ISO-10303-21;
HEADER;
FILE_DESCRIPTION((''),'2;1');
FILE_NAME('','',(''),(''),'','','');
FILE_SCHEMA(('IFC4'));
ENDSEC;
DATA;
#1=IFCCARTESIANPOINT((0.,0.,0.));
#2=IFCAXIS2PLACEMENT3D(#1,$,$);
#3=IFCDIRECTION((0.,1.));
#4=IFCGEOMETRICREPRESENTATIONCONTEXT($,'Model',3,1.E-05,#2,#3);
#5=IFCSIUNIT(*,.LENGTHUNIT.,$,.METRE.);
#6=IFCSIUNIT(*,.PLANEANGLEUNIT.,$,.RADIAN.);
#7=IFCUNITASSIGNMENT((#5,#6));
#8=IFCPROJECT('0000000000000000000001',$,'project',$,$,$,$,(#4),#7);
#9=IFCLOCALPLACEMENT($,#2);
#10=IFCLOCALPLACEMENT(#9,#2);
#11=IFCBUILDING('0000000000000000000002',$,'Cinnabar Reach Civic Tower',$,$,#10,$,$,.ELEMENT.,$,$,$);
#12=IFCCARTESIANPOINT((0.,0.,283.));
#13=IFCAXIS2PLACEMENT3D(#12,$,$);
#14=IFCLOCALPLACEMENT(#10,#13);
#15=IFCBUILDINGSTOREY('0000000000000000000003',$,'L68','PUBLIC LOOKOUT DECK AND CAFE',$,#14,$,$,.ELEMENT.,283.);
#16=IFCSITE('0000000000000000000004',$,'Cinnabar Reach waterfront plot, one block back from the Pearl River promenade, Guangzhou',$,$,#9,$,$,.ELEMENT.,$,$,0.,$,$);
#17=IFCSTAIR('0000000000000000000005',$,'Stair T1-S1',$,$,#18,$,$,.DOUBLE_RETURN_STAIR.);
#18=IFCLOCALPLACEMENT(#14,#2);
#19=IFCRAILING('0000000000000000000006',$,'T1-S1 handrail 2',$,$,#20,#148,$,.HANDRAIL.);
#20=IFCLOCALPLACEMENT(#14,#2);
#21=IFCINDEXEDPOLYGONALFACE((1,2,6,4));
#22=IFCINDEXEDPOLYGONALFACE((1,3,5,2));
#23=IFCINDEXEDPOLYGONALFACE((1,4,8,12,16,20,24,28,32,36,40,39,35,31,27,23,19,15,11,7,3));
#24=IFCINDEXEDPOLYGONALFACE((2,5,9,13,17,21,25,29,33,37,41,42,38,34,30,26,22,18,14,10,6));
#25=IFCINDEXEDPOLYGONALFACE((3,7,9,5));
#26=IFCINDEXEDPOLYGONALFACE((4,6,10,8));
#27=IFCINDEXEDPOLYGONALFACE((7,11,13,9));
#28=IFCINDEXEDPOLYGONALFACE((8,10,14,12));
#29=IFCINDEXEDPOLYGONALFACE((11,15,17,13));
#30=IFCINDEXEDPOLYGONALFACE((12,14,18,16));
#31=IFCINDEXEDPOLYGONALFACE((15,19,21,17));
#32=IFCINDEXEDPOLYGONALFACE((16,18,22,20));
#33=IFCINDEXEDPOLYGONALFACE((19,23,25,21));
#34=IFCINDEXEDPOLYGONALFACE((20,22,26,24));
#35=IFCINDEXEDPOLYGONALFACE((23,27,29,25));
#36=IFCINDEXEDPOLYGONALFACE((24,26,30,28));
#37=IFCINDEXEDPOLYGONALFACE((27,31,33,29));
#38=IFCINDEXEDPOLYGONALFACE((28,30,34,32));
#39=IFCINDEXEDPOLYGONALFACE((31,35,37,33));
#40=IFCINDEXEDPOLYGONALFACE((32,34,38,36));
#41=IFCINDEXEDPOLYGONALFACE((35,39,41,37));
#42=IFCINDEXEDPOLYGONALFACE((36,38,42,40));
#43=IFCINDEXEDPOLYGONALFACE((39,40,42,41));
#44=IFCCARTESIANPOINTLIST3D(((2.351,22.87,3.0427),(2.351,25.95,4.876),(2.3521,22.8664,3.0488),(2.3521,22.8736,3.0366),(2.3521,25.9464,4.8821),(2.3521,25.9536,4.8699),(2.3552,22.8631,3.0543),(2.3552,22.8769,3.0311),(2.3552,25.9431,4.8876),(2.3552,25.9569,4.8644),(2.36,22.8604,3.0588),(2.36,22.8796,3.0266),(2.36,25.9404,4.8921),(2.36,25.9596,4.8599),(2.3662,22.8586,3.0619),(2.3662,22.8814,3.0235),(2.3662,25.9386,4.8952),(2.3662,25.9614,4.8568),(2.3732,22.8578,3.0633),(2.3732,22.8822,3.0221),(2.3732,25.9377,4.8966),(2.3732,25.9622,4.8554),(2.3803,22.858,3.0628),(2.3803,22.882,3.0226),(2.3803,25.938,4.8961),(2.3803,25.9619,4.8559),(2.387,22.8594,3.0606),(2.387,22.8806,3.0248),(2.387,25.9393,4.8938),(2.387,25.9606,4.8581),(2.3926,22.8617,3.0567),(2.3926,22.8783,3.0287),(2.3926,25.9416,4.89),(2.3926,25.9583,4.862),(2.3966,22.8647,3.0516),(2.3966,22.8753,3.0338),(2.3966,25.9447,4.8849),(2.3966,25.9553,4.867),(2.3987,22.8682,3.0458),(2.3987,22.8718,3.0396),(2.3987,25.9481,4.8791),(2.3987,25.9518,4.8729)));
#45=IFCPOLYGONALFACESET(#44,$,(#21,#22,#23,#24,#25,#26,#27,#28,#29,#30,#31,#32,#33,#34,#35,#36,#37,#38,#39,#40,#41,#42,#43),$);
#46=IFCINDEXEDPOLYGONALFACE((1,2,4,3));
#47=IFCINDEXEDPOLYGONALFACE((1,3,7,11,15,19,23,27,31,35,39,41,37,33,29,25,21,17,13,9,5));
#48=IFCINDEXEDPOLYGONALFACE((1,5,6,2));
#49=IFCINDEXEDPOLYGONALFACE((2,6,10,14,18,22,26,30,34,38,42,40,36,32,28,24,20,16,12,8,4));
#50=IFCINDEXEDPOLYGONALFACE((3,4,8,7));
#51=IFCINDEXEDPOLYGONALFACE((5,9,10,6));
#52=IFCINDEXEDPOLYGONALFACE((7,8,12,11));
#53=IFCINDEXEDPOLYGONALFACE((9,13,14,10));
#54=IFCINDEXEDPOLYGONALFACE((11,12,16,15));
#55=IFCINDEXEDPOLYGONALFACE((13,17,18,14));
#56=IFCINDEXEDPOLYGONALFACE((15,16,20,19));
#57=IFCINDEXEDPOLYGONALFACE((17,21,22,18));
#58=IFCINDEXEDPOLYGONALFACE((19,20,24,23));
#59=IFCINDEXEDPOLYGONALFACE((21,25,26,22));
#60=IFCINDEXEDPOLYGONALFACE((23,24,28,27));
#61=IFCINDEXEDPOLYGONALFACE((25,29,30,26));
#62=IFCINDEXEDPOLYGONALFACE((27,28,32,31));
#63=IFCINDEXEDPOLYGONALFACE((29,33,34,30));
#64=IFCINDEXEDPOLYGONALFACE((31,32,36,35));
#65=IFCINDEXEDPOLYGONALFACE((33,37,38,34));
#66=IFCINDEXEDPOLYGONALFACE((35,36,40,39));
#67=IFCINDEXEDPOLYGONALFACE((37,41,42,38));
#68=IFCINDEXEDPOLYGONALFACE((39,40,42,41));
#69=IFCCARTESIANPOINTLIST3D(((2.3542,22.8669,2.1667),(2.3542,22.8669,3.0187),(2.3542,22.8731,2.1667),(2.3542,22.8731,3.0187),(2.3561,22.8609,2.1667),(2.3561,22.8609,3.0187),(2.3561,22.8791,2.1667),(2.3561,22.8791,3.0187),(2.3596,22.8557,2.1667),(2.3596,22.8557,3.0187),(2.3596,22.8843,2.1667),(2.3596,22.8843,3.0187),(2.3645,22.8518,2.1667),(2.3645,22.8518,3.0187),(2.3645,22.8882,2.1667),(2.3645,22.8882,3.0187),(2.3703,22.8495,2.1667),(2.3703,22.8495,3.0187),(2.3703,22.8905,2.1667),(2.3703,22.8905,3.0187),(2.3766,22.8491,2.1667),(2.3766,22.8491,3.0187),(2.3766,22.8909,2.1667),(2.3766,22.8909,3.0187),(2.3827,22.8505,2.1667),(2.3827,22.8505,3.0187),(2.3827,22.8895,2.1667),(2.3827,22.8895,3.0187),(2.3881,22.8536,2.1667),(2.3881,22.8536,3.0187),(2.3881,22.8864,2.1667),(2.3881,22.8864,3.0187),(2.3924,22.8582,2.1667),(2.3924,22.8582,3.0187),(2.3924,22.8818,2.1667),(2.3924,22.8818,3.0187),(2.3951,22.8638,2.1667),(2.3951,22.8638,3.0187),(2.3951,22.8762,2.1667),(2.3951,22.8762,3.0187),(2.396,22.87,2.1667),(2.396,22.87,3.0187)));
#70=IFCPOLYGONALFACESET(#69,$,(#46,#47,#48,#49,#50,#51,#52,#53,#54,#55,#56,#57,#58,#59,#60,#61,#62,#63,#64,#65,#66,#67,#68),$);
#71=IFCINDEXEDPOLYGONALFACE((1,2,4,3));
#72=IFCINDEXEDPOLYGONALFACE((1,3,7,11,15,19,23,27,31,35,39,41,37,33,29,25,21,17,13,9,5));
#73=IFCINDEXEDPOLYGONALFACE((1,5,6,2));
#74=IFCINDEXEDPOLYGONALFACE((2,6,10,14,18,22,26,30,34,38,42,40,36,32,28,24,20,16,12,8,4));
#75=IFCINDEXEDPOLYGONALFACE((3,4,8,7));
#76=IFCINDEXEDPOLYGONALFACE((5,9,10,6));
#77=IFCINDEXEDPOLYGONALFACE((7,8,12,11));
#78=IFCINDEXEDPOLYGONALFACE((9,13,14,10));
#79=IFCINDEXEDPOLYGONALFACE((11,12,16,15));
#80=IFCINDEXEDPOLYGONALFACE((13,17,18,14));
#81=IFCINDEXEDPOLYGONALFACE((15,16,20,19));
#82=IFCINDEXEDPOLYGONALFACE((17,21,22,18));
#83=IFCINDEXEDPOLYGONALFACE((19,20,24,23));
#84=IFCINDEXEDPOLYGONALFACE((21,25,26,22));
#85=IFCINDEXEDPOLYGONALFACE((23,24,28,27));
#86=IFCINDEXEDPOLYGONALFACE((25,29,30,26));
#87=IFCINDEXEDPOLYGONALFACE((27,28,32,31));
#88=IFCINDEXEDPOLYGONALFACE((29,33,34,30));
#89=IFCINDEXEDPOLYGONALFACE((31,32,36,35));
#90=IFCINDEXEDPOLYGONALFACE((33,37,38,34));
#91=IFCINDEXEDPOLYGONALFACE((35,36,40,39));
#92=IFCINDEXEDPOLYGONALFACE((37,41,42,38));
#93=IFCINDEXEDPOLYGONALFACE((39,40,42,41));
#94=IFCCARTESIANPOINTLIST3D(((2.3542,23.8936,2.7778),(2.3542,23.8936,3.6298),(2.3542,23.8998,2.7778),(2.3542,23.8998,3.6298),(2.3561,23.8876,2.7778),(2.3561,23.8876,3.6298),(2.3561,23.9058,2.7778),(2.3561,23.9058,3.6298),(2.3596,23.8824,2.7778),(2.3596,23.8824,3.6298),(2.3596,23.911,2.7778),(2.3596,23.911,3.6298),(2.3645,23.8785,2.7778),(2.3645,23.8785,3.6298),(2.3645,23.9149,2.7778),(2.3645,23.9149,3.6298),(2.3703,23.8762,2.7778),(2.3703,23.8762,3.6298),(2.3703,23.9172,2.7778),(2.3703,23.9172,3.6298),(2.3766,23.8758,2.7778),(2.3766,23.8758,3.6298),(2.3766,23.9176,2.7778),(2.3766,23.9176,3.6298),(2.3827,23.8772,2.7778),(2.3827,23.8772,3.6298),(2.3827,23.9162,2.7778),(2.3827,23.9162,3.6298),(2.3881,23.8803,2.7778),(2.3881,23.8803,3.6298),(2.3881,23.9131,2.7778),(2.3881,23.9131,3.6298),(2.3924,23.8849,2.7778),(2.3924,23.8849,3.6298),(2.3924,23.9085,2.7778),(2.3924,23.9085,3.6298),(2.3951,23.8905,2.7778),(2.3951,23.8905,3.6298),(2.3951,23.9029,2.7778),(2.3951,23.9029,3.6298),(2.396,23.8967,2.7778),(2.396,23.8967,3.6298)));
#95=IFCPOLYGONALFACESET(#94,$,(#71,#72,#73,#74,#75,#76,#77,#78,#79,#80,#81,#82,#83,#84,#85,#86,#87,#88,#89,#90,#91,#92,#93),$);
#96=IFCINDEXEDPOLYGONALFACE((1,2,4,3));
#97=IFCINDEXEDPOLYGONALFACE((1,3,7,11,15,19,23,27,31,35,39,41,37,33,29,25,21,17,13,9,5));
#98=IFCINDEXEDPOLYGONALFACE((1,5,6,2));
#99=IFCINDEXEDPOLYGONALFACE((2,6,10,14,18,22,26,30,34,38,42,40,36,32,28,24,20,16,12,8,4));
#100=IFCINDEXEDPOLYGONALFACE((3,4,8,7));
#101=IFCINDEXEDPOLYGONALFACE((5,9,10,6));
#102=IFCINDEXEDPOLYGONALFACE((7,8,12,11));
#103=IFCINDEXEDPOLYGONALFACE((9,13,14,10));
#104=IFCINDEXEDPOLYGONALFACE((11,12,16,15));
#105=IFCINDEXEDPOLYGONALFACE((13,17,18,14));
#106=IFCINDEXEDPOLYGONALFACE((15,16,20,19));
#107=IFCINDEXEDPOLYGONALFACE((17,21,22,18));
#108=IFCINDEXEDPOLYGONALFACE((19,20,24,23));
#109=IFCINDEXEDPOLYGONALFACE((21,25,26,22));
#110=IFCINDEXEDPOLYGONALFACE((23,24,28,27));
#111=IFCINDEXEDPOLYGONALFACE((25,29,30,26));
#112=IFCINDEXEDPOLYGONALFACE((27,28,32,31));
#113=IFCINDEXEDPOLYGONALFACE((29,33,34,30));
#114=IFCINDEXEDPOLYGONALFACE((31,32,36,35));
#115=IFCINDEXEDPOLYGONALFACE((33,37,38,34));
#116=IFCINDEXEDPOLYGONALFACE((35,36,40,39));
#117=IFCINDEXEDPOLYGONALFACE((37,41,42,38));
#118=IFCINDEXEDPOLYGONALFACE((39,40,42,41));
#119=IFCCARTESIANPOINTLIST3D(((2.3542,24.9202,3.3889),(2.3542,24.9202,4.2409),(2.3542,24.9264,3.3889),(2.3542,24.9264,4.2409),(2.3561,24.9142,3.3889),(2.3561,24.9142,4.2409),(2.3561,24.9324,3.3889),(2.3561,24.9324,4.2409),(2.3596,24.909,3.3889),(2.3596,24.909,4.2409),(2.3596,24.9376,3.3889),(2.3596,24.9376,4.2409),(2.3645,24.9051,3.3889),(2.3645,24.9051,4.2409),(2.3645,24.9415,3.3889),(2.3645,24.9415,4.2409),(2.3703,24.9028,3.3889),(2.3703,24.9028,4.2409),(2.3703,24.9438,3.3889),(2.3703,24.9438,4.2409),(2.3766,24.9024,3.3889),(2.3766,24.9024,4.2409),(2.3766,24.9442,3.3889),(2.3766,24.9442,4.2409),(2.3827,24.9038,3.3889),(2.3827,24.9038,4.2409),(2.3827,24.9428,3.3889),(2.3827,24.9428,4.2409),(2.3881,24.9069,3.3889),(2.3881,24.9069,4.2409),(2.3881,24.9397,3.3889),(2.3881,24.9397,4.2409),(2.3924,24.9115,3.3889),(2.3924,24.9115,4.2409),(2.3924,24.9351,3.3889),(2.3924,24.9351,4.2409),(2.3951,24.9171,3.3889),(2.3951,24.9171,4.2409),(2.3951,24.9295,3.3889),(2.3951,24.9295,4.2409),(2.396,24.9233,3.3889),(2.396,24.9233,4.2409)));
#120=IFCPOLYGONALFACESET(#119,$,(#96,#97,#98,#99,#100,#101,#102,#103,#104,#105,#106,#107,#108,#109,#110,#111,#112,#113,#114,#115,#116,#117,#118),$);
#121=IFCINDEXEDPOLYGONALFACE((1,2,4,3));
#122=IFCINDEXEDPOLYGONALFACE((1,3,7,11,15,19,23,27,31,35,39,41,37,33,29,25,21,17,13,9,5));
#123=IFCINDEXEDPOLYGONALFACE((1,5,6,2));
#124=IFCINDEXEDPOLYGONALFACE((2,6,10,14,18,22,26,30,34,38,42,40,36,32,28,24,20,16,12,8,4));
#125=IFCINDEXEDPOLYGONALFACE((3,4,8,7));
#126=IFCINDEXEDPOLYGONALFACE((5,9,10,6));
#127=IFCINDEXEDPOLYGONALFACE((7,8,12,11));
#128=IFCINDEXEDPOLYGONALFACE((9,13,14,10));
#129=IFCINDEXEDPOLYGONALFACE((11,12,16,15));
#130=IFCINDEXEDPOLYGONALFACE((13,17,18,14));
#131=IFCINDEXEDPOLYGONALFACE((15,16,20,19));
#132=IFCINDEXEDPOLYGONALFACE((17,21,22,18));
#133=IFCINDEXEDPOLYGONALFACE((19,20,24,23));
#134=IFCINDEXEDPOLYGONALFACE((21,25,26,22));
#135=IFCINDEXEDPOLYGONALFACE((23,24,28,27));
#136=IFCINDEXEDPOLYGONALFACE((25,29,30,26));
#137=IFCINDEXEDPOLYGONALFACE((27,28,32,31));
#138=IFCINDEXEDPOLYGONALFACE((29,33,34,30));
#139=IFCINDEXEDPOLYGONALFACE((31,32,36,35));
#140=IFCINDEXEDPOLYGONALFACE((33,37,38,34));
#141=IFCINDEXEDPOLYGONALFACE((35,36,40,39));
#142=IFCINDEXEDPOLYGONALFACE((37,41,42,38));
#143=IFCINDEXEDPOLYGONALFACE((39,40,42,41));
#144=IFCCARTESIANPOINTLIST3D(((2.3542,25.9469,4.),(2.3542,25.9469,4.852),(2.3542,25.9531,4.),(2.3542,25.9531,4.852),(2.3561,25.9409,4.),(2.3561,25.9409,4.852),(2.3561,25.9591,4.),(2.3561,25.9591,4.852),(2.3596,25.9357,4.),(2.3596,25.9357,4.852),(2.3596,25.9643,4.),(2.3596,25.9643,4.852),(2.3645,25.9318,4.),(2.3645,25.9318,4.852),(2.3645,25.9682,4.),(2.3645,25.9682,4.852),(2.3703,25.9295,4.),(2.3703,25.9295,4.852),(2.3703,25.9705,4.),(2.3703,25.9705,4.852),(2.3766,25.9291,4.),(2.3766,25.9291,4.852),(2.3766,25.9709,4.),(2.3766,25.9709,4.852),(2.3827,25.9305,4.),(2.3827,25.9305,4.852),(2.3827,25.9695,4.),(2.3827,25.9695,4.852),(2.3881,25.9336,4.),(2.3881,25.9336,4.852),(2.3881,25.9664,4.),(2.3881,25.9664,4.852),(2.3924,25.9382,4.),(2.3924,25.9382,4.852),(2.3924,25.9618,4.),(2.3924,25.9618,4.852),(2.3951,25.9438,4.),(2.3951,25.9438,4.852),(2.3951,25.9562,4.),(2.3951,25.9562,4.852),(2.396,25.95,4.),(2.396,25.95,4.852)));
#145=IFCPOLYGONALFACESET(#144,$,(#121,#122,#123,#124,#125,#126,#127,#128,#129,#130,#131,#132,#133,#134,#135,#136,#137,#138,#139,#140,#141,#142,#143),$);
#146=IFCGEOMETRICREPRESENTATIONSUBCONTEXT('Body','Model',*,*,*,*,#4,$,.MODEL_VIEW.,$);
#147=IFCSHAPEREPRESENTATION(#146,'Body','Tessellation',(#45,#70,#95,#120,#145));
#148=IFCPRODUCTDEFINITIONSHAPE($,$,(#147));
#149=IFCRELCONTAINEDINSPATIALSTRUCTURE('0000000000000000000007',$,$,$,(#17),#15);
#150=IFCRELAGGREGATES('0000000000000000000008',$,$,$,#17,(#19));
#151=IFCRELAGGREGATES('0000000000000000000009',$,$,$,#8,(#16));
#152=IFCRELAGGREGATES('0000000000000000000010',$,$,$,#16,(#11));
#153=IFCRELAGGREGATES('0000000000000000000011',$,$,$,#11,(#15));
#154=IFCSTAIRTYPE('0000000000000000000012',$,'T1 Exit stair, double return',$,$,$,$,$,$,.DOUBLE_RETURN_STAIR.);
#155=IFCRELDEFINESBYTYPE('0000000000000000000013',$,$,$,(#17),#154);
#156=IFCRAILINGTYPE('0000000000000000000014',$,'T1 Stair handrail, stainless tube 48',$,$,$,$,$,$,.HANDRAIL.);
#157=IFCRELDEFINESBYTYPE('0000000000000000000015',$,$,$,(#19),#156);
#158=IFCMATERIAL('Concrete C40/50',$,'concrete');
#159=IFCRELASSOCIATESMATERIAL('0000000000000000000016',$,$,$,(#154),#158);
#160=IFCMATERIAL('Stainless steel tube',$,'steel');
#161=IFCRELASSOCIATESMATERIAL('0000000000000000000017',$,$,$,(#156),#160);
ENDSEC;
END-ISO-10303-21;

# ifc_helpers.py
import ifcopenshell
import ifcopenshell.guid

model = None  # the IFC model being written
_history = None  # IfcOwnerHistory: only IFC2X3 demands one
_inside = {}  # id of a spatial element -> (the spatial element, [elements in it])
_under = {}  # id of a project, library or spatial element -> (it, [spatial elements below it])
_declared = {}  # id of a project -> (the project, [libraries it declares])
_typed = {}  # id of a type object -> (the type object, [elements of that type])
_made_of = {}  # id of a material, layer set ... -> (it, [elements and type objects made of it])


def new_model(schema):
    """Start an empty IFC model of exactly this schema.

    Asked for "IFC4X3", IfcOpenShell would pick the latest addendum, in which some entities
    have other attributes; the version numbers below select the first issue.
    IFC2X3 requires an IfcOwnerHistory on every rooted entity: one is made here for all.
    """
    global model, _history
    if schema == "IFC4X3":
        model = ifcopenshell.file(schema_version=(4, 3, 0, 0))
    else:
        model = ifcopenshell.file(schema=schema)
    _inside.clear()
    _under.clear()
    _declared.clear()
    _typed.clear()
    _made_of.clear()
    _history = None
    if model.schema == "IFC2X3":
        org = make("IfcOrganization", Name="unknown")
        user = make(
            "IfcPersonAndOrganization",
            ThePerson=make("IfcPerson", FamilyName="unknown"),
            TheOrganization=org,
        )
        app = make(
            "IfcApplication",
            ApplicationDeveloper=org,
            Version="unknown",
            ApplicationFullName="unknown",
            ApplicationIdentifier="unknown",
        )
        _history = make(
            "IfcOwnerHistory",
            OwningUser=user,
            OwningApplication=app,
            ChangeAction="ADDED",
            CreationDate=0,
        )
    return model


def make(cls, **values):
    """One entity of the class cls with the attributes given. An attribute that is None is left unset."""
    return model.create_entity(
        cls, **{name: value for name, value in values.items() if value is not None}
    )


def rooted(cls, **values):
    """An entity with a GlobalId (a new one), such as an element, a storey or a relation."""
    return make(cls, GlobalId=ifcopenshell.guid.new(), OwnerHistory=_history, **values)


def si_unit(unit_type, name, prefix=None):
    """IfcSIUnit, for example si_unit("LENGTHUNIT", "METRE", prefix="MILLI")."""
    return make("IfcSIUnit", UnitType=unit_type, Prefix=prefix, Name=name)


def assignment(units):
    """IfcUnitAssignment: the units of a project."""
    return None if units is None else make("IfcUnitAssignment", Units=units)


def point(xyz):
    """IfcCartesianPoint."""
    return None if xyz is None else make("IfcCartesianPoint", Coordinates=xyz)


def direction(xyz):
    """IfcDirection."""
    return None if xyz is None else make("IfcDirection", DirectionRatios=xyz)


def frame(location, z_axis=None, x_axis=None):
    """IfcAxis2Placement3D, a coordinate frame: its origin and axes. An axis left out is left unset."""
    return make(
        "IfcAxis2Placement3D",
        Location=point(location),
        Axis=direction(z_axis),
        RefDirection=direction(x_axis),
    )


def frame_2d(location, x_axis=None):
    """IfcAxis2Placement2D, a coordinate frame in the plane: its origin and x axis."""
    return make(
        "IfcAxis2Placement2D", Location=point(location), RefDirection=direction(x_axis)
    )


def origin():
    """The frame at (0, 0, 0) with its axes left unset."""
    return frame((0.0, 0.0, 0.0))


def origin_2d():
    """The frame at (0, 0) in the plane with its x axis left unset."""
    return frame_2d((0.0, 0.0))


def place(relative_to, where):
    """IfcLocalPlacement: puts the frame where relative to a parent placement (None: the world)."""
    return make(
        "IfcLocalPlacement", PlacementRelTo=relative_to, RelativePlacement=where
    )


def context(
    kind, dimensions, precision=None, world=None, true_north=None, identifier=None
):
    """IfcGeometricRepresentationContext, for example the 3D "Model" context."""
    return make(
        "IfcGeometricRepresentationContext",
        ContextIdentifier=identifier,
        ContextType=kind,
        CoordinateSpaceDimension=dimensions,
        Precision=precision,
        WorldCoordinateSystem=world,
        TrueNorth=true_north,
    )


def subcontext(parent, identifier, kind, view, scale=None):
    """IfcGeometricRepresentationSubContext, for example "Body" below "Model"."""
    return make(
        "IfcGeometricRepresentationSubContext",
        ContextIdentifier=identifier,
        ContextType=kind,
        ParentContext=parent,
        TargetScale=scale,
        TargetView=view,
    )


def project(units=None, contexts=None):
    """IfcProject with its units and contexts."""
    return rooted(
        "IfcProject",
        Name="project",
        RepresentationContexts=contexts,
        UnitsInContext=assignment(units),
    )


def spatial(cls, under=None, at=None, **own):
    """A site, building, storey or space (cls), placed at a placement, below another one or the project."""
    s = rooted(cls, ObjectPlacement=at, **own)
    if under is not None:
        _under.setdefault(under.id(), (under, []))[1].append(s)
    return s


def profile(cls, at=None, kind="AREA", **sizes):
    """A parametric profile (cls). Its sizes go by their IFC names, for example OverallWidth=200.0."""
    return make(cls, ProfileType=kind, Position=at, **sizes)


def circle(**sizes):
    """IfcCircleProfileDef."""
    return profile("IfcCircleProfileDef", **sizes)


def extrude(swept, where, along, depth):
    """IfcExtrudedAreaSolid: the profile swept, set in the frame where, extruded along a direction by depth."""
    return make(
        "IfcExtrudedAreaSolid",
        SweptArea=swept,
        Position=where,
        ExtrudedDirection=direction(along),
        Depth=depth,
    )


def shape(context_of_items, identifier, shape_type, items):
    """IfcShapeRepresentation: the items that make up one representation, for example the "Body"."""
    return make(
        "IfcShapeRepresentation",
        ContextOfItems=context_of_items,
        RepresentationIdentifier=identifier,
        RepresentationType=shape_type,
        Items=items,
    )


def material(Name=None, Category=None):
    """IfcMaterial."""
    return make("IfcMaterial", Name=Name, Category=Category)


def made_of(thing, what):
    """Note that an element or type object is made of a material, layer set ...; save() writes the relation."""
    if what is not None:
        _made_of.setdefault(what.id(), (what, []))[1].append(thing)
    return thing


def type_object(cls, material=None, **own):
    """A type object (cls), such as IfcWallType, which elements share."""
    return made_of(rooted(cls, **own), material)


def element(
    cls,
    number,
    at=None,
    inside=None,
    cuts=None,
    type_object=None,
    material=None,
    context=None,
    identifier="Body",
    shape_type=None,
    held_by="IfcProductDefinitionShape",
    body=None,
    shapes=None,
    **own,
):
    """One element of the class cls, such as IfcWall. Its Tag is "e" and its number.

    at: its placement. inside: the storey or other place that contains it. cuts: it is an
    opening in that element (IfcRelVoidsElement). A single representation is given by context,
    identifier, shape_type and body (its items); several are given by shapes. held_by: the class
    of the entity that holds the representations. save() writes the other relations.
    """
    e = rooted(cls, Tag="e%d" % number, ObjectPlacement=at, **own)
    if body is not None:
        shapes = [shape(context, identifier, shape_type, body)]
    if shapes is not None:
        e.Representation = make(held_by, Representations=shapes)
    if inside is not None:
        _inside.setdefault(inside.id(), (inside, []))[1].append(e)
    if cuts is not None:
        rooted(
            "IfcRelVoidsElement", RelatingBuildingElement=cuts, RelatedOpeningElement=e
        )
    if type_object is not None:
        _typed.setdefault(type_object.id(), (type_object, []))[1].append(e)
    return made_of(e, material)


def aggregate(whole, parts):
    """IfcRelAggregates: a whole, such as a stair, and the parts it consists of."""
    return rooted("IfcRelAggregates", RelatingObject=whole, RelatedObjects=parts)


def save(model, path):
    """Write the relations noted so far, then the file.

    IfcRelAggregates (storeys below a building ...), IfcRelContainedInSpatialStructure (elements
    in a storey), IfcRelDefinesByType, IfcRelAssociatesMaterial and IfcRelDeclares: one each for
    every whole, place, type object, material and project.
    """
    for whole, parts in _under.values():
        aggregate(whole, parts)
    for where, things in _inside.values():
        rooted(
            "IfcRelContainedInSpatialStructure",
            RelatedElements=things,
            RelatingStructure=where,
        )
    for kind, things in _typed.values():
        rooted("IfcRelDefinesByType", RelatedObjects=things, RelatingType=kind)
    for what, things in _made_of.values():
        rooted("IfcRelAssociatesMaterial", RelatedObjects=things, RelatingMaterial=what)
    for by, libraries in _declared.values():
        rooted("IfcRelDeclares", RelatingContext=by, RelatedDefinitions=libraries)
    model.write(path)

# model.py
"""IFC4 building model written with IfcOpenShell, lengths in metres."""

from ifc_helpers import new_model, si_unit, direction, frame, origin, origin_2d, place, context, subcontext, project, spatial, circle, extrude, material, type_object, element, aggregate, save


model = new_model("IFC4")

# Units and contexts
model_context = context("Model", 3, precision=1e-05, world=origin(), true_north=direction((0.0, 1.0)))
body_context = subcontext(model_context, "Body", "Model", "MODEL_VIEW")
ifc_project = project(units=[si_unit("LENGTHUNIT", "METRE"), si_unit("PLANEANGLEUNIT", "RADIAN")], contexts=[model_context])

# Site, building, storey
site_placement = place(None, origin())
site = spatial("IfcSite", under=ifc_project, at=site_placement, Name="Cinnabar Reach waterfront plot, one block back from the Pearl River promenade, Guangzhou", CompositionType="ELEMENT", RefElevation=0.0)
building_placement = place(site_placement, origin())
building = spatial("IfcBuilding", under=site, at=building_placement, Name="Cinnabar Reach Civic Tower", CompositionType="ELEMENT")
storey_placement = place(building_placement, frame((0.0, 0.0, 283.0)))
storey = spatial("IfcBuildingStorey", under=building, at=storey_placement, Name="L68", Description="PUBLIC LOOKOUT DECK AND CAFE", CompositionType="ELEMENT", Elevation=283.0)

# Shared definitions
ifc_material_1 = material(Name="Concrete C40/50", Category="concrete")

# Stair, railing
stair_type = type_object("IfcStairType", Name="T1 Exit stair, double return", PredefinedType="DOUBLE_RETURN_STAIR", material=ifc_material_1)
stair_placement = place(storey_placement, origin())
stair = element("IfcStair", 1, at=stair_placement, inside=storey, type_object=stair_type, Name="Stair T1-S1", PredefinedType="DOUBLE_RETURN_STAIR")
ifc_material_2 = material(Name="Stainless steel tube", Category="steel")
railing_type = type_object("IfcRailingType", Name="T1 Stair handrail, stainless tube 48", PredefinedType="HANDRAIL", material=ifc_material_2)
railing_1_placement = place(storey_placement, frame((2.375, 22.87, 2.1667)))
railing_1 = element("IfcRailing", 2, at=railing_1_placement, type_object=railing_type, Name="T1-S1 handrail 2", PredefinedType="HANDRAIL", context=body_context, shape_type="SweptSolid", body=[
    extrude(circle(Radius=0.024, at=origin_2d()), frame((0.0, 0.0, 0.876), z_axis=(0.0, 0.859297, 0.511477), x_axis=(-1.0, 0.0, 0.0)), (0.0, 0.0, 1.0), 3.5843),
    extrude(circle(Radius=0.021, at=origin_2d()), origin(), (0.0, 0.0, 1.0), 0.852),
    extrude(circle(Radius=0.021, at=origin_2d()), frame((0.0, 1.0267, 0.6111)), (0.0, 0.0, 1.0), 0.852),
    extrude(circle(Radius=0.021, at=origin_2d()), frame((0.0, 2.0533, 1.2222)), (0.0, 0.0, 1.0), 0.852),
    extrude(circle(Radius=0.021, at=origin_2d()), frame((0.0, 3.08, 1.8333)), (0.0, 0.0, 1.0), 0.852),
])
aggregate(stair, [railing_1])

save(model, "model.ifc")
